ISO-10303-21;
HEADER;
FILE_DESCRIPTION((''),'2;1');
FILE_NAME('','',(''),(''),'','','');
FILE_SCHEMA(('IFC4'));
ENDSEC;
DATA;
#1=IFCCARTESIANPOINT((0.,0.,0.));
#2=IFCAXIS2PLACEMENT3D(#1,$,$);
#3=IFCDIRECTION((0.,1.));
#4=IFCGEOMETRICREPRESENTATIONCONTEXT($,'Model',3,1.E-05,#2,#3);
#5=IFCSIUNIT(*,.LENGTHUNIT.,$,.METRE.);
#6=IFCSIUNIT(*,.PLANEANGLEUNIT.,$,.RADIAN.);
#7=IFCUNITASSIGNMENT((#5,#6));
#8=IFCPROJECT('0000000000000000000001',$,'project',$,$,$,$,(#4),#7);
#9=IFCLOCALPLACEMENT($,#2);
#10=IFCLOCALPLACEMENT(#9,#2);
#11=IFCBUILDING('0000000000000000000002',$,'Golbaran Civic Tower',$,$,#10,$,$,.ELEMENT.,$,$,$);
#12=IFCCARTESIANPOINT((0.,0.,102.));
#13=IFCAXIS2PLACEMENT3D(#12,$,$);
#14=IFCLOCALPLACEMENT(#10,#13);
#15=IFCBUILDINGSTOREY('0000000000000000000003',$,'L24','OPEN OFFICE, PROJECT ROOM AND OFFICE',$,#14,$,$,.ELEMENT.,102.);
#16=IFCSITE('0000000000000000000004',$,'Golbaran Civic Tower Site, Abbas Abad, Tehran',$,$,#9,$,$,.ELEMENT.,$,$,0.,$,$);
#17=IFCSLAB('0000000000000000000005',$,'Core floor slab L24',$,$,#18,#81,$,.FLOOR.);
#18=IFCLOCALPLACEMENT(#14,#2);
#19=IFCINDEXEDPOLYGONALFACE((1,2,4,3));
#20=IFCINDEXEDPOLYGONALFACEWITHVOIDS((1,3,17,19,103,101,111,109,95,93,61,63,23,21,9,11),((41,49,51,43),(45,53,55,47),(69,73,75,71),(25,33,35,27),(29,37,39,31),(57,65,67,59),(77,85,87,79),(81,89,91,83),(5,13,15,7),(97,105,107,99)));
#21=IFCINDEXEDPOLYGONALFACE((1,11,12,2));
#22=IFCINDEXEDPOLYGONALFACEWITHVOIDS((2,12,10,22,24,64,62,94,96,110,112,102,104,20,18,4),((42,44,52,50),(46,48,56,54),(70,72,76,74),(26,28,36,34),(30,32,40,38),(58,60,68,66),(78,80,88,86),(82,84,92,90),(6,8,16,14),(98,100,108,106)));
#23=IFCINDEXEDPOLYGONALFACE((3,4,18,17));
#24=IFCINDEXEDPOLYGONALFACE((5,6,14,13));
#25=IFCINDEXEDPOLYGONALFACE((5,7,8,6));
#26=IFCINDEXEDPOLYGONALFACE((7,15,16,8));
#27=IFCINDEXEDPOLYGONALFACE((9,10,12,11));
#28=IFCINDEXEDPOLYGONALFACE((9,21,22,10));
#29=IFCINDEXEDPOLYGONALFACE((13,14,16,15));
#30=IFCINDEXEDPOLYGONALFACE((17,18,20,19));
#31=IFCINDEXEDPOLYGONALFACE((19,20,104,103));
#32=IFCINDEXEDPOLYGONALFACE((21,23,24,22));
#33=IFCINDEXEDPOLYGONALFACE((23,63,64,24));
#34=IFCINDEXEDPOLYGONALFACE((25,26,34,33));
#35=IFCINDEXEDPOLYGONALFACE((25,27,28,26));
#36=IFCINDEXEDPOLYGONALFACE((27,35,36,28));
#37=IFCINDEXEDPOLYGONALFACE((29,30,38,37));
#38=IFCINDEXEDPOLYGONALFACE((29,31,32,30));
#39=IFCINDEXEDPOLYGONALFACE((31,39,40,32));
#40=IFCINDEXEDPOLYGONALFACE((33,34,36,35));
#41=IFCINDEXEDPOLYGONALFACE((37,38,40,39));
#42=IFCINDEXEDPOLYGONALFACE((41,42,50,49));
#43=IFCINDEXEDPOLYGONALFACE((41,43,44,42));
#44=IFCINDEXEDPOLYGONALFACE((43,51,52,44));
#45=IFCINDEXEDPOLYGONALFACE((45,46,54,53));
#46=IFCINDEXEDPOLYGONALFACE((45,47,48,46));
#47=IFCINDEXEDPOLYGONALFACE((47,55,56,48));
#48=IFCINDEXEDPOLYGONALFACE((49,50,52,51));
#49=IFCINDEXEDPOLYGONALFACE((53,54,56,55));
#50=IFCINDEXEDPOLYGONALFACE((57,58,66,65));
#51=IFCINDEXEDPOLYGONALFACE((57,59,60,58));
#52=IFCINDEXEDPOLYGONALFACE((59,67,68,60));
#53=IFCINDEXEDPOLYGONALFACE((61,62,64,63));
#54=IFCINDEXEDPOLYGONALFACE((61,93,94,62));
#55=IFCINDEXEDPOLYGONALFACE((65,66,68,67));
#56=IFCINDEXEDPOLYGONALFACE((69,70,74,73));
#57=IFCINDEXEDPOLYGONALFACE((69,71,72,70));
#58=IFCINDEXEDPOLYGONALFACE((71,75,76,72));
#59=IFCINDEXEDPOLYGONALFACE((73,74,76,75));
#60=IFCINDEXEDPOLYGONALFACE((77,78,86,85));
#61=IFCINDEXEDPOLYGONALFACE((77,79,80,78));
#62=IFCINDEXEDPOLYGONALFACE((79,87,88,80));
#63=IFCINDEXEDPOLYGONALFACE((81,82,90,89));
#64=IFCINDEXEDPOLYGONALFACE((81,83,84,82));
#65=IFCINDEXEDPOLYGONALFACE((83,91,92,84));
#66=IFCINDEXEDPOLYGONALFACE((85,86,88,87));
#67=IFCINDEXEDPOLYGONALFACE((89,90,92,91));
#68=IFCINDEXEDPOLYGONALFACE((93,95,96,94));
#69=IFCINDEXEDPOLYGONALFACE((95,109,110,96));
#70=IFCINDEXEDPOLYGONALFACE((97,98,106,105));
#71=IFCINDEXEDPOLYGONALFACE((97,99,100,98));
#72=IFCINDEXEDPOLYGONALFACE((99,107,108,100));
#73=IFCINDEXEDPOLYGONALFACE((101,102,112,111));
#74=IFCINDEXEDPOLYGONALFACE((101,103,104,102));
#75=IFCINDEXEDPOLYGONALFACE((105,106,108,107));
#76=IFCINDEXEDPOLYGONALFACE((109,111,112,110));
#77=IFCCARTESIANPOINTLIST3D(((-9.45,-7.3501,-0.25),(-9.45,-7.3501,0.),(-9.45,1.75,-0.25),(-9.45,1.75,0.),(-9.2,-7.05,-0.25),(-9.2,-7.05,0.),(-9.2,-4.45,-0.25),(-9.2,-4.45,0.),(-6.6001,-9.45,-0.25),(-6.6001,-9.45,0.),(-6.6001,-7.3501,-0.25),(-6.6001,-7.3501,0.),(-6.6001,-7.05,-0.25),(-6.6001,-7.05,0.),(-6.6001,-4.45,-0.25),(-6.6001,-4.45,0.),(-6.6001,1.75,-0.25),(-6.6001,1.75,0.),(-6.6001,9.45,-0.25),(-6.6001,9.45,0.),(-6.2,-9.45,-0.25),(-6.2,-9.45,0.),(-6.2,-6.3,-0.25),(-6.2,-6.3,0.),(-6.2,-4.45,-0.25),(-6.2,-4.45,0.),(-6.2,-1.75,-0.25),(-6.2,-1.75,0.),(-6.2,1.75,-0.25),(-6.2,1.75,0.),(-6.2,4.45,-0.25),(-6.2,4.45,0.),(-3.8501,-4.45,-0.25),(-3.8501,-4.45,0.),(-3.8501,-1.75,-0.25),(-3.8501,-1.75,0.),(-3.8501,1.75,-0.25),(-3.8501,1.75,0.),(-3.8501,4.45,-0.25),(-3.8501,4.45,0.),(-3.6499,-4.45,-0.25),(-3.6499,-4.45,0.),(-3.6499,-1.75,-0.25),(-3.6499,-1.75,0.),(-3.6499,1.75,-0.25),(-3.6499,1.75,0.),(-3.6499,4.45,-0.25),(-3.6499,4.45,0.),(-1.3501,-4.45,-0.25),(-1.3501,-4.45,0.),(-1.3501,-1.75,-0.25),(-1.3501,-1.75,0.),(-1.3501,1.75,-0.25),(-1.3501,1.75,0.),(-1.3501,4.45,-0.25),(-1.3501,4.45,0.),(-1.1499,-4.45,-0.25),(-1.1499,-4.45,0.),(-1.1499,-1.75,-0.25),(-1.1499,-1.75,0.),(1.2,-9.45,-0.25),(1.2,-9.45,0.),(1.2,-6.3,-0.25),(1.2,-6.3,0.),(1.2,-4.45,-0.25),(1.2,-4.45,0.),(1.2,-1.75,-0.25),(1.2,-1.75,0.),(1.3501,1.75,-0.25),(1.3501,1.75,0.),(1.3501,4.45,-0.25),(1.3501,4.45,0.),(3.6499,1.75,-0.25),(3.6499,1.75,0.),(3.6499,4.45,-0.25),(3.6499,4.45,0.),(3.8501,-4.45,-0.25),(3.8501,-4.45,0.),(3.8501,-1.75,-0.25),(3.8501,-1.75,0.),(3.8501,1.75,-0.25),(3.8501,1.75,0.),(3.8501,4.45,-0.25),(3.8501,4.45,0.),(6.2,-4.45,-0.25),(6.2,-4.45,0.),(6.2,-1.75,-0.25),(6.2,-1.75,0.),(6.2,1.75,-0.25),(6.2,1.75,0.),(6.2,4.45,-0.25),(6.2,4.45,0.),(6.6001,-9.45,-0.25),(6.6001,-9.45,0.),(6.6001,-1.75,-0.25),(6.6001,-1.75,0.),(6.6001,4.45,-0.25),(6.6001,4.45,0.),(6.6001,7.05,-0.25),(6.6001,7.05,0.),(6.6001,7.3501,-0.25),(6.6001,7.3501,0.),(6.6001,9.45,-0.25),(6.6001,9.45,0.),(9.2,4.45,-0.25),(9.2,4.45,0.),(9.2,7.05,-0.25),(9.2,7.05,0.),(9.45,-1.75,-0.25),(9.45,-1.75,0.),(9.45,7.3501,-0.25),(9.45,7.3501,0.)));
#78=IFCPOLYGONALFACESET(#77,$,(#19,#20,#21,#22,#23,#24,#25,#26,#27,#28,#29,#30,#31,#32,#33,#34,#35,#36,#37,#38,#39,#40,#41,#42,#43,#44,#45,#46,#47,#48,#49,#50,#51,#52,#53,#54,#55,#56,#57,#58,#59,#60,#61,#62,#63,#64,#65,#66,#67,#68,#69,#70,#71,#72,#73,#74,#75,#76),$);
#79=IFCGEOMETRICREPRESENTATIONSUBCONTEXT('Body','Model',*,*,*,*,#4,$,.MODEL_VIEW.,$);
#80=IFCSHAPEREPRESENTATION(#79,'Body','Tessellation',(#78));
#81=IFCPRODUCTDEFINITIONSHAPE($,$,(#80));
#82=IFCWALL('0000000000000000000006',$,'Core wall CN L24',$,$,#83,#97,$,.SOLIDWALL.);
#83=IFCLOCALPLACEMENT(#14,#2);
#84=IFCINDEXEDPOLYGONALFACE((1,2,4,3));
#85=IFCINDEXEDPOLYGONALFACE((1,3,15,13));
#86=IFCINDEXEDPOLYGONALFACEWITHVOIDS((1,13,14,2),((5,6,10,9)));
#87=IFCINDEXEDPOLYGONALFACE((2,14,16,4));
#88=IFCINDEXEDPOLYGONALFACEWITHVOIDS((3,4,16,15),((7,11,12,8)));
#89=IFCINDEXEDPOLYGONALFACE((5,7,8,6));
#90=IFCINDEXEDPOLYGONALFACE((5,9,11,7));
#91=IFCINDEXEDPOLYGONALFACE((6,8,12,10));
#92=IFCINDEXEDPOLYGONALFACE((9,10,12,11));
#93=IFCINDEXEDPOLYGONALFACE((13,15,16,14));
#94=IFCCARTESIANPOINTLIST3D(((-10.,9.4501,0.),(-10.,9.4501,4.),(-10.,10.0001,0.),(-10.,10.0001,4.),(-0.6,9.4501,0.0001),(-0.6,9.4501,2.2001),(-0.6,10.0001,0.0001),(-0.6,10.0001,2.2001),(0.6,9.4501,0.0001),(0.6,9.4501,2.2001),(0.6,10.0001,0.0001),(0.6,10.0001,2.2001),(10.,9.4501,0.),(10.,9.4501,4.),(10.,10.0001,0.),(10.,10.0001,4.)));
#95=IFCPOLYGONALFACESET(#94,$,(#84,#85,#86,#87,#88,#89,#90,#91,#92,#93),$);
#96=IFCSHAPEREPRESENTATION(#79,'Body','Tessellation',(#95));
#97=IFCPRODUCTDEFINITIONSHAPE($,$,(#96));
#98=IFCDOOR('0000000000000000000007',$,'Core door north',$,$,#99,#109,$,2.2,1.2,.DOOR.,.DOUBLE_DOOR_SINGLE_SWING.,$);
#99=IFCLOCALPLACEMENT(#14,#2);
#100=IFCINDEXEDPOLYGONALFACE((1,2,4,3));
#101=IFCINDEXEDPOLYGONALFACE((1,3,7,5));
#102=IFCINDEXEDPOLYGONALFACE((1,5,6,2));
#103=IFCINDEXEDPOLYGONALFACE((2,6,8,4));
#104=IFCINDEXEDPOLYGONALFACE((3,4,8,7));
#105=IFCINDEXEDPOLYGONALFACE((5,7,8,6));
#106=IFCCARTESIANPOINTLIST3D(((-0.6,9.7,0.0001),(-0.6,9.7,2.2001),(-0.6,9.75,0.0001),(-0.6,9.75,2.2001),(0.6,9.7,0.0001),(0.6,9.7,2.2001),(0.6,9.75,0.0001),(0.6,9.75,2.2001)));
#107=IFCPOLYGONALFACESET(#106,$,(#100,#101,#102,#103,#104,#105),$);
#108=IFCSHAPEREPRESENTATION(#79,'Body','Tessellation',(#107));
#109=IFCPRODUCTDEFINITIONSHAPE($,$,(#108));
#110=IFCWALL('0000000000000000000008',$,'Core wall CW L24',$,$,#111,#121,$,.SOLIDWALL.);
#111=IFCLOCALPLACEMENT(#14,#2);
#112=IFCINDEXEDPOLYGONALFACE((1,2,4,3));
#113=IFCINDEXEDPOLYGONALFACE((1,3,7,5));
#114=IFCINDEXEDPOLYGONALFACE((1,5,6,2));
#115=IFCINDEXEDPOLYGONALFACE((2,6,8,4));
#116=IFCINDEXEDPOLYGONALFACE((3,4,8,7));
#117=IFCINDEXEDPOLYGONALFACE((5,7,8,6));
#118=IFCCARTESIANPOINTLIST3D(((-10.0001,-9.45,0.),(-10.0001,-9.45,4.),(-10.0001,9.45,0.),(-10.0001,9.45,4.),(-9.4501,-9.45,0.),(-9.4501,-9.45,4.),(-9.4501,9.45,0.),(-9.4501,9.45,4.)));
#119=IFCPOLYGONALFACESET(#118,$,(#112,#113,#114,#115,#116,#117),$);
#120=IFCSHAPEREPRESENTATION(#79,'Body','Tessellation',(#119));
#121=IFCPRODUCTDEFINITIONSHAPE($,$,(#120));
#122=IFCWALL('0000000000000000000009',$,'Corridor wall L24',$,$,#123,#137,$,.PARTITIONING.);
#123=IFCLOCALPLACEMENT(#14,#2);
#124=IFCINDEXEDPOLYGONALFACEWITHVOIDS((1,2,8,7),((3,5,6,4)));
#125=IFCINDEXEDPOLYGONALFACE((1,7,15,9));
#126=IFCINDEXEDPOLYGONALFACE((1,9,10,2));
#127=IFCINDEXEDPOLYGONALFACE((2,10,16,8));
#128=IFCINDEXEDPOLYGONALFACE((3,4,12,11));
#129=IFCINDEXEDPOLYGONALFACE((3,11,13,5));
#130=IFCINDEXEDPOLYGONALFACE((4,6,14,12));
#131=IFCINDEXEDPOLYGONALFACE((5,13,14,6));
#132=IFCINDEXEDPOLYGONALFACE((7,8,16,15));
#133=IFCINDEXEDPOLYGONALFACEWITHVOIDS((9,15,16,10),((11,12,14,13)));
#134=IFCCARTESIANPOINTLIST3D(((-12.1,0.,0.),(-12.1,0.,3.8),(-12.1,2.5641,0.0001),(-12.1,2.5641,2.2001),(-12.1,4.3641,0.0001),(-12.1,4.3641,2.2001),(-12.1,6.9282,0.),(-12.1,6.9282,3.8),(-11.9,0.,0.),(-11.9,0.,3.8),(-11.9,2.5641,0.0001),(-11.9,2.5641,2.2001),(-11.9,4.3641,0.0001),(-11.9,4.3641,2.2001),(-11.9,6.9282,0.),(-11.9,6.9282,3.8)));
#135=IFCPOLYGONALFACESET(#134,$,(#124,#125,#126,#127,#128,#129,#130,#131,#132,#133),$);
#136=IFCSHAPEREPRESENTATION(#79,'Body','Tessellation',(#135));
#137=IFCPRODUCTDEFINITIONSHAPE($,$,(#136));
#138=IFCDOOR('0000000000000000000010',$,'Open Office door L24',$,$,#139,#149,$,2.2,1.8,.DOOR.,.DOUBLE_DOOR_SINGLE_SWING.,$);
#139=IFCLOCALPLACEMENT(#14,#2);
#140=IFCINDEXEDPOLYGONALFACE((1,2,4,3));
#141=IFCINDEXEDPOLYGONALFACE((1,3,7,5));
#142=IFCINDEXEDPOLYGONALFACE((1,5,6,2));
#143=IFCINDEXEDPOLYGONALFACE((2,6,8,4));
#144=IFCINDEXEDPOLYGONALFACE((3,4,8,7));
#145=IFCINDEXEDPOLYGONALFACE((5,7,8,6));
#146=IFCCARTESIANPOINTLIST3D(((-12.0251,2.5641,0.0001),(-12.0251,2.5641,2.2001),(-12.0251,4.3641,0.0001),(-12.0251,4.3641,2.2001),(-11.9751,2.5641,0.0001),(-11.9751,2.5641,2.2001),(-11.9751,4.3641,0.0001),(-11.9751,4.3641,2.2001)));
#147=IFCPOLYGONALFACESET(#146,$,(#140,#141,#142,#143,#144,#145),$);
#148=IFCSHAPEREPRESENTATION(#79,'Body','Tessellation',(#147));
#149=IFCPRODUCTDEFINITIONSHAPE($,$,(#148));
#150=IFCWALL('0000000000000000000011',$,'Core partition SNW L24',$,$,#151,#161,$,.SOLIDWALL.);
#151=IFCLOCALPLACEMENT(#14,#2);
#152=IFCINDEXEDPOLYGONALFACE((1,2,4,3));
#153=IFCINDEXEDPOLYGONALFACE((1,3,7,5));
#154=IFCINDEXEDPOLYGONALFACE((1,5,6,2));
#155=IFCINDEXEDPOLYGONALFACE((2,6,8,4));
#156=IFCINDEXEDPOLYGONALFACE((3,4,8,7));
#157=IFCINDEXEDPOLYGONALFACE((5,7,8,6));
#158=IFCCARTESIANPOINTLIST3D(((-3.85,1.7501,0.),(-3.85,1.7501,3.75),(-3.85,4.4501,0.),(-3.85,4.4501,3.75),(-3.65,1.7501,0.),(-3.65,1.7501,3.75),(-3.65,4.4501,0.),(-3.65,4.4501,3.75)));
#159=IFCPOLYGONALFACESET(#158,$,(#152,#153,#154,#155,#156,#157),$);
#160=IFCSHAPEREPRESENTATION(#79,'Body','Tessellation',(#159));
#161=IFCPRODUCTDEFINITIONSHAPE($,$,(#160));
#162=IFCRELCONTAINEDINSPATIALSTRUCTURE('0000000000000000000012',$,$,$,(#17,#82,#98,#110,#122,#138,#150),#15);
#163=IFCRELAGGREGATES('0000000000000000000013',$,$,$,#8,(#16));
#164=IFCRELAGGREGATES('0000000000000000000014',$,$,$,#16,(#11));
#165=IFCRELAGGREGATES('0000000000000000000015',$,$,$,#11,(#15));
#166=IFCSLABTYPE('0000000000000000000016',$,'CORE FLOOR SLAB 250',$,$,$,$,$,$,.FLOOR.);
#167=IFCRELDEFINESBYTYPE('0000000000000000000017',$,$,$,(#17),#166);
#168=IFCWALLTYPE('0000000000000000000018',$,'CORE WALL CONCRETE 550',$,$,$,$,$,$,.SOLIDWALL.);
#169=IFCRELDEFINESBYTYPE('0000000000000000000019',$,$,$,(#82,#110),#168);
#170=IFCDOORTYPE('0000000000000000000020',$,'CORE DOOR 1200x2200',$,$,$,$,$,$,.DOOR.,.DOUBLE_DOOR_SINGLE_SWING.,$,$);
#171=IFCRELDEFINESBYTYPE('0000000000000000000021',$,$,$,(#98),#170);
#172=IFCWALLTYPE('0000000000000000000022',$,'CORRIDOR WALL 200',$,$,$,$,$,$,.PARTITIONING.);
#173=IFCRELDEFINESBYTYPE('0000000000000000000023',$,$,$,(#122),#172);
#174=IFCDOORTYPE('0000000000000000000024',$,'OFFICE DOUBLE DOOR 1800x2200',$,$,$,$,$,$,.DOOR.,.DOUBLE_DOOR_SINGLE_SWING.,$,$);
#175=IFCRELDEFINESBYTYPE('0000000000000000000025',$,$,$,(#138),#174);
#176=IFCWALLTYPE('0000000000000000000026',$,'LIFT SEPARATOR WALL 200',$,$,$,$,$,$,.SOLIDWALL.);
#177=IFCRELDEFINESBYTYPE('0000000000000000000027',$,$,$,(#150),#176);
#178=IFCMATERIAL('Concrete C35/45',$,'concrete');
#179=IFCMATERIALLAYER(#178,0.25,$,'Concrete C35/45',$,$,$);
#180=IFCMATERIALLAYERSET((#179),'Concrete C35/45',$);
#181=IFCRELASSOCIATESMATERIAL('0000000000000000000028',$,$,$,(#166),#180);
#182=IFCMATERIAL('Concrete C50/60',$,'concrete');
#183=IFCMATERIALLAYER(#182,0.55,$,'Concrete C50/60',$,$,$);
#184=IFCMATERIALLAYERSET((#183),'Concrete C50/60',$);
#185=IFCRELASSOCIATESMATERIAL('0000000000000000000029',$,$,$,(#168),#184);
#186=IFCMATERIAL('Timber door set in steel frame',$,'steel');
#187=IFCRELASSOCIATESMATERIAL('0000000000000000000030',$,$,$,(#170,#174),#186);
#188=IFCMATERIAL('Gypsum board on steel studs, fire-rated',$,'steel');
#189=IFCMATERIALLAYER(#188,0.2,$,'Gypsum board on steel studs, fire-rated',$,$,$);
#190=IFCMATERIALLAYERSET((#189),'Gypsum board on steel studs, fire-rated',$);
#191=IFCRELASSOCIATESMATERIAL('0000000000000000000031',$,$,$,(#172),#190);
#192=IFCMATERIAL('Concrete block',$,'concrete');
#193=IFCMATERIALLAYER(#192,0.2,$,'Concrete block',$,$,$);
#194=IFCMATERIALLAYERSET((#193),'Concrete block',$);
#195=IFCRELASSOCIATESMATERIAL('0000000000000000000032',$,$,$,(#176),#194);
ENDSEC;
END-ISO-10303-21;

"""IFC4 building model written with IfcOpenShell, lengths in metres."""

from ifc_helpers import new_model, si_unit, direction, frame, frame_2d, origin, place, context, subcontext, project, spatial, polyline, rectangle, outline, extrude, material, layer, layer_set, type_object, element, fill, save


model = new_model("IFC4")

# Units and contexts
model_context = context("Model", 3, precision=1e-05, world=origin(), true_north=direction((0.0, 1.0)))
body_context = subcontext(model_context, "Body", "Model", "MODEL_VIEW")
ifc_project = project(units=[si_unit("LENGTHUNIT", "METRE"), si_unit("PLANEANGLEUNIT", "RADIAN")], contexts=[model_context])

# Site, building, storey
site_placement = place(None, origin())
site = spatial("IfcSite", under=ifc_project, at=site_placement, Name="Golbaran Civic Tower Site, Abbas Abad, Tehran", CompositionType="ELEMENT", RefElevation=0.0)
building_placement = place(site_placement, origin())
building = spatial("IfcBuilding", under=site, at=building_placement, Name="Golbaran Civic Tower", CompositionType="ELEMENT")
storey_placement = place(building_placement, frame((0.0, 0.0, 102.0)))
storey = spatial("IfcBuildingStorey", under=building, at=storey_placement, Name="L24", Description="OPEN OFFICE, PROJECT ROOM AND OFFICE", CompositionType="ELEMENT", Elevation=102.0)

# Slab
ifc_material_1 = material(Name="Concrete C35/45", Category="concrete")
ifc_layer_1 = layer(ifc_material_1, 0.25, Name="Concrete C35/45")
ifc_layer_set_1 = layer_set([ifc_layer_1], Name="Concrete C35/45")
slab_type_1 = type_object("IfcSlabType", Name="CORE FLOOR SLAB 250", PredefinedType="FLOOR", material=ifc_layer_set_1)
slab_1_placement = place(storey_placement, frame((0.0, 0.0, -0.25)))
element("IfcSlab", 1, at=slab_1_placement, inside=storey, type_object=slab_type_1, Name="Core floor slab L24", PredefinedType="FLOOR", context=body_context, shape_type="SweptSolid", body=[
    extrude(outline(polyline([(6.6001, -1.75), (6.6001, -9.45), (1.2, -9.45), (1.2, -6.3), (-6.2, -6.3), (-6.2, -9.45), (-6.6001, -9.45), (-6.6001, -7.3501), (-9.45, -7.3501), (-9.45, 1.75), (-6.6001, 1.75), (-6.6001, 9.45), (6.6001, 9.45), (6.6001, 7.3501), (9.45, 7.3501), (9.45, -1.75), (6.6001, -1.75)]), holes=[polyline([(9.2, 7.05), (6.6001, 7.05), (6.6001, 4.45), (9.2, 4.45), (9.2, 7.05)]), polyline([(6.2, -1.75), (3.8501, -1.75), (3.8501, -4.45), (6.2, -4.45), (6.2, -1.75)]), polyline([(6.2, 4.45), (3.8501, 4.45), (3.8501, 1.75), (6.2, 1.75), (6.2, 4.45)]), polyline([(3.6499, 4.45), (1.3501, 4.45), (1.3501, 1.75), (3.6499, 1.75), (3.6499, 4.45)]), polyline([(1.2, -1.75), (-1.1499, -1.75), (-1.1499, -4.45), (1.2, -4.45), (1.2, -1.75)]), polyline([(-1.3501, 4.45), (-3.6499, 4.45), (-3.6499, 1.75), (-1.3501, 1.75), (-1.3501, 4.45)]), polyline([(-1.3501, -1.75), (-3.6499, -1.75), (-3.6499, -4.45), (-1.3501, -4.45), (-1.3501, -1.75)]), polyline([(-3.8501, -1.75), (-6.2, -1.75), (-6.2, -4.45), (-3.8501, -4.45), (-3.8501, -1.75)]), polyline([(-3.8501, 4.45), (-6.2, 4.45), (-6.2, 1.75), (-3.8501, 1.75), (-3.8501, 4.45)]), polyline([(-6.6001, -4.45), (-9.2, -4.45), (-9.2, -7.05), (-6.6001, -7.05), (-6.6001, -4.45)])]), origin(), (0.0, 0.0, 1.0), 0.25),
])

# Wall, opening, door
ifc_material_2 = material(Name="Concrete C50/60", Category="concrete")
ifc_layer_2 = layer(ifc_material_2, 0.55, Name="Concrete C50/60")
ifc_layer_set_2 = layer_set([ifc_layer_2], Name="Concrete C50/60")
wall_type_1 = type_object("IfcWallType", Name="CORE WALL CONCRETE 550", PredefinedType="SOLIDWALL", material=ifc_layer_set_2)
wall_1_placement = place(storey_placement, frame((-10.0, 9.7251, 0.0), z_axis=(0.0, 0.0, 1.0), x_axis=(1.0, 0.0, 0.0)))
wall_1 = element("IfcWall", 2, at=wall_1_placement, inside=storey, type_object=wall_type_1, Name="Core wall CN L24", PredefinedType="SOLIDWALL", context=body_context, shape_type="SweptSolid", body=[
    extrude(rectangle(XDim=20.0, YDim=0.55, at=frame_2d((10.0, 0.0))), origin(), (0.0, 0.0, 1.0), 4.0),
])
opening_1_placement = place(wall_1_placement, frame((9.3999, 0.0, 0.0)))
opening_1 = element("IfcOpeningElement", 3, at=opening_1_placement, cuts=wall_1, PredefinedType="OPENING", context=body_context, shape_type="SweptSolid", body=[
    extrude(rectangle(XDim=1.2, YDim=2.2, at=frame_2d((0.6001, 1.1001))), frame((0.0, 0.2849, 0.0), z_axis=(0.0, -1.0, 0.0), x_axis=(1.0, 0.0, 0.0)), (0.0, 0.0, 1.0), 0.5701),
])
ifc_material_3 = material(Name="Timber door set in steel frame", Category="steel")
door_type_1 = type_object("IfcDoorType", Name="CORE DOOR 1200x2200", OperationType="DOUBLE_DOOR_SINGLE_SWING", PredefinedType="DOOR", material=ifc_material_3)
door_1_placement = place(opening_1_placement, origin())
door_1 = element("IfcDoor", 4, at=door_1_placement, inside=storey, type_object=door_type_1, Name="Core door north", OperationType="DOUBLE_DOOR_SINGLE_SWING", OverallHeight=2.2, OverallWidth=1.2, PredefinedType="DOOR", context=body_context, shape_type="SweptSolid", body=[
    extrude(rectangle(XDim=1.2, YDim=2.2, at=frame_2d((0.6001, 1.1001))), frame((0.0, 0.0249, 0.0), z_axis=(0.0, -1.0, 0.0), x_axis=(1.0, 0.0, 0.0)), (0.0, 0.0, 1.0), 0.05),
])
fill(opening_1, door_1)

# Wall
wall_2_placement = place(storey_placement, frame((-9.7251, 9.45, 0.0), z_axis=(0.0, 0.0, 1.0), x_axis=(0.0, -1.0, 0.0)))
element("IfcWall", 5, at=wall_2_placement, inside=storey, type_object=wall_type_1, Name="Core wall CW L24", PredefinedType="SOLIDWALL", context=body_context, shape_type="SweptSolid", body=[
    extrude(rectangle(XDim=18.8999, YDim=0.55, at=frame_2d((9.45, 0.0))), origin(), (0.0, 0.0, 1.0), 4.0),
])

# Wall, opening, door
ifc_material_4 = material(Name="Gypsum board on steel studs, fire-rated", Category="steel")
ifc_layer_3 = layer(ifc_material_4, 0.2, Name="Gypsum board on steel studs, fire-rated")
ifc_layer_set_3 = layer_set([ifc_layer_3], Name="Gypsum board on steel studs, fire-rated")
wall_type_2 = type_object("IfcWallType", Name="CORRIDOR WALL 200", PredefinedType="PARTITIONING", material=ifc_layer_set_3)
wall_3_placement = place(storey_placement, frame((-12.0, 6.9282, 0.0), z_axis=(0.0, 0.0, 1.0), x_axis=(0.0, -1.0, 0.0)))
wall_3 = element("IfcWall", 6, at=wall_3_placement, inside=storey, type_object=wall_type_2, Name="Corridor wall L24", PredefinedType="PARTITIONING", context=body_context, shape_type="SweptSolid", body=[
    extrude(rectangle(XDim=6.9282, YDim=0.2, at=frame_2d((3.4641, 0.0))), origin(), (0.0, 0.0, 1.0), 3.8),
])
opening_2_placement = place(wall_3_placement, frame((2.5642, 0.0, 0.0)))
opening_2 = element("IfcOpeningElement", 7, at=opening_2_placement, cuts=wall_3, PredefinedType="OPENING", context=body_context, shape_type="SweptSolid", body=[
    extrude(rectangle(XDim=1.8, YDim=2.2, at=frame_2d((0.8999, 1.1001))), frame((0.0, 0.1099, 0.0), z_axis=(0.0, -1.0, 0.0), x_axis=(1.0, 0.0, 0.0)), (0.0, 0.0, 1.0), 0.22),
])
door_type_2 = type_object("IfcDoorType", Name="OFFICE DOUBLE DOOR 1800x2200", OperationType="DOUBLE_DOOR_SINGLE_SWING", PredefinedType="DOOR", material=ifc_material_3)
door_2_placement = place(opening_2_placement, origin())
door_2 = element("IfcDoor", 8, at=door_2_placement, inside=storey, type_object=door_type_2, Name="Open Office door L24", OperationType="DOUBLE_DOOR_SINGLE_SWING", OverallHeight=2.2, OverallWidth=1.8, PredefinedType="DOOR", context=body_context, shape_type="SweptSolid", body=[
    extrude(rectangle(XDim=1.8, YDim=2.2, at=frame_2d((0.8999, 1.1001))), frame((0.0, 0.0249, 0.0), z_axis=(0.0, -1.0, 0.0), x_axis=(1.0, 0.0, 0.0)), (0.0, 0.0, 1.0), 0.05),
])
fill(opening_2, door_2)

# Wall
ifc_material_5 = material(Name="Concrete block", Category="concrete")
ifc_layer_4 = layer(ifc_material_5, 0.2, Name="Concrete block")
ifc_layer_set_4 = layer_set([ifc_layer_4], Name="Concrete block")
wall_type_3 = type_object("IfcWallType", Name="LIFT SEPARATOR WALL 200", PredefinedType="SOLIDWALL", material=ifc_layer_set_4)
wall_4_placement = place(storey_placement, frame((-3.75, 1.75, 0.0), z_axis=(0.0, 0.0, 1.0), x_axis=(0.0, 1.0, 0.0)))
element("IfcWall", 9, at=wall_4_placement, inside=storey, type_object=wall_type_3, Name="Core partition SNW L24", PredefinedType="SOLIDWALL", context=body_context, shape_type="SweptSolid", body=[
    extrude(rectangle(XDim=2.7, YDim=0.2, at=frame_2d((1.3501, 0.0))), origin(), (0.0, 0.0, 1.0), 3.75),
])

save(model, "model.ifc")
